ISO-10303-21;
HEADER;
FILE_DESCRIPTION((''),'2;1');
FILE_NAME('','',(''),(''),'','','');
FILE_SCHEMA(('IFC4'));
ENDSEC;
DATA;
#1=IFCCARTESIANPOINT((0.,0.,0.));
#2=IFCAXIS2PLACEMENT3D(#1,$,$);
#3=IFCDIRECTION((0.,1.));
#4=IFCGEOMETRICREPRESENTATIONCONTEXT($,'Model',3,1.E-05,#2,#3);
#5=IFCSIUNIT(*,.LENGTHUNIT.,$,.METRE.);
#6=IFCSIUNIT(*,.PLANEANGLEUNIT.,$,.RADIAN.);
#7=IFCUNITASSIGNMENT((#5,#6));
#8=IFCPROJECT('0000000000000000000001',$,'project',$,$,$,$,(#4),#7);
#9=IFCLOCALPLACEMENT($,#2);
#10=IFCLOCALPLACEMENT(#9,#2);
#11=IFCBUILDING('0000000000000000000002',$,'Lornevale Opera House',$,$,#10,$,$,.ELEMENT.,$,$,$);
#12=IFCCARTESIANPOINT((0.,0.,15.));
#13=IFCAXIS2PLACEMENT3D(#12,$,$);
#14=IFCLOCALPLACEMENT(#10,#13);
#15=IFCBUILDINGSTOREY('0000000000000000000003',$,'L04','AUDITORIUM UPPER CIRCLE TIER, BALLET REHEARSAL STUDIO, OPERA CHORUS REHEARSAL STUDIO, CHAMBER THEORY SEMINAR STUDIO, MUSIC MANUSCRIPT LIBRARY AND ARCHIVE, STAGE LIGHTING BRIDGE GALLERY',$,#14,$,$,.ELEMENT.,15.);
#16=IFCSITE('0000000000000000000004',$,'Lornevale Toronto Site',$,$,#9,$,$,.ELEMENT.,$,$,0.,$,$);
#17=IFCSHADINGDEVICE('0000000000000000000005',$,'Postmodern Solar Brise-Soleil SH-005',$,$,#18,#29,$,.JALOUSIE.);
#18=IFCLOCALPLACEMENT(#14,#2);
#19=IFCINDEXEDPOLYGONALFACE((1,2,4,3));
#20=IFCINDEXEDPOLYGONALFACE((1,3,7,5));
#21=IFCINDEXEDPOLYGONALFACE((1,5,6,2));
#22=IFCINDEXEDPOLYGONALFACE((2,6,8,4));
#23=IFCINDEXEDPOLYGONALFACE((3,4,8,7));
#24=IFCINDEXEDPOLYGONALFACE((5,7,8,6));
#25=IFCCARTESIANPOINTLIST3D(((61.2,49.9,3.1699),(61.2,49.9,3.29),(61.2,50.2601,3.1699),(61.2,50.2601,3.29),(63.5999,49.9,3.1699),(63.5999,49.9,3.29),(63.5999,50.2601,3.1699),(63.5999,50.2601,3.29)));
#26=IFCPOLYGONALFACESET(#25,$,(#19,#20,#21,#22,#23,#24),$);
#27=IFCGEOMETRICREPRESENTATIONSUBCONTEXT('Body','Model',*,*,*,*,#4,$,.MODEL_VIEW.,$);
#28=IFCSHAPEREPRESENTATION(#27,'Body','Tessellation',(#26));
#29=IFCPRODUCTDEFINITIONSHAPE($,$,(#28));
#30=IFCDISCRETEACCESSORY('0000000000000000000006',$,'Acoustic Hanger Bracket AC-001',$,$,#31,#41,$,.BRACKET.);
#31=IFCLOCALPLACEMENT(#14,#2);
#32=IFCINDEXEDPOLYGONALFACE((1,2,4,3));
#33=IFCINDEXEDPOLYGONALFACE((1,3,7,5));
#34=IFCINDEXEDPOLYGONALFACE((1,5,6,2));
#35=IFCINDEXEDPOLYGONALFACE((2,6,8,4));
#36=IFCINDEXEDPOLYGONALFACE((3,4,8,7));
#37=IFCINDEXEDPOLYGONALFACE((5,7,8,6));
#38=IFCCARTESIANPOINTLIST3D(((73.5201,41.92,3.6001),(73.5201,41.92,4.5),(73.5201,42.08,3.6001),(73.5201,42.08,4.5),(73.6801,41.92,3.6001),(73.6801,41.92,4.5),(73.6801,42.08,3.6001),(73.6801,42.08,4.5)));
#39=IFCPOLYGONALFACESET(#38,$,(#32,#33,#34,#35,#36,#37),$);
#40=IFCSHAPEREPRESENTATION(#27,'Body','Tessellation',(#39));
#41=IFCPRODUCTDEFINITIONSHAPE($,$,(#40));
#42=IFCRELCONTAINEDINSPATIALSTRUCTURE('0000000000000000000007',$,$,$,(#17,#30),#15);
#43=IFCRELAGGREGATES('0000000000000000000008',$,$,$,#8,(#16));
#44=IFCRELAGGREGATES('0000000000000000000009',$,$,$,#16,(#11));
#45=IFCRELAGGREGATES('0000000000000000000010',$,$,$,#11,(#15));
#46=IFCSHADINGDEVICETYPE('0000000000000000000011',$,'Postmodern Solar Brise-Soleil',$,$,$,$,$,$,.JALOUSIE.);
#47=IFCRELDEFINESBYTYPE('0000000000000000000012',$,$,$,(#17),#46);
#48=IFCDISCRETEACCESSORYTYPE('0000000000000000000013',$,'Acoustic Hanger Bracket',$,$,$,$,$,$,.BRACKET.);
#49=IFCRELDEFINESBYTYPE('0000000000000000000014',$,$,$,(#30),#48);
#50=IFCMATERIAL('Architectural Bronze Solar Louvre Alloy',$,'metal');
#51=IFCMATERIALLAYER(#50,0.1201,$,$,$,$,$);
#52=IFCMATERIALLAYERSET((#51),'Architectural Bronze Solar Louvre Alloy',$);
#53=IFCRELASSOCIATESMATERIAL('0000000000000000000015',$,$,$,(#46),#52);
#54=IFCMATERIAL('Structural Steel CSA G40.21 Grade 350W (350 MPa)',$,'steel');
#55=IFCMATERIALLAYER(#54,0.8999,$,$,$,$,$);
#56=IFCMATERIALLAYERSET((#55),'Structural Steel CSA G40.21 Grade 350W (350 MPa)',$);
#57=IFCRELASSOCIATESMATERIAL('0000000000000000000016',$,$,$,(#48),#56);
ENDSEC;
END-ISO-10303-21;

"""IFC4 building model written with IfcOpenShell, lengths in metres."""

from ifc_helpers import new_model, si_unit, direction, frame, origin, origin_2d, place, context, subcontext, project, spatial, rectangle, extrude, material, layer, layer_set, type_object, element, save


model = new_model("IFC4")

# Units and contexts
model_context = context("Model", 3, precision=1e-05, world=origin(), true_north=direction((0.0, 1.0)))
body_context = subcontext(model_context, "Body", "Model", "MODEL_VIEW")
ifc_project = project(units=[si_unit("LENGTHUNIT", "METRE"), si_unit("PLANEANGLEUNIT", "RADIAN")], contexts=[model_context])

# Site, building, storey
site_placement = place(None, origin())
site = spatial("IfcSite", under=ifc_project, at=site_placement, Name="Lornevale Toronto Site", CompositionType="ELEMENT", RefElevation=0.0)
building_placement = place(site_placement, origin())
building = spatial("IfcBuilding", under=site, at=building_placement, Name="Lornevale Opera House", CompositionType="ELEMENT")
storey_placement = place(building_placement, frame((0.0, 0.0, 15.0)))
storey = spatial("IfcBuildingStorey", under=building, at=storey_placement, Name="L04", Description="AUDITORIUM UPPER CIRCLE TIER, BALLET REHEARSAL STUDIO, OPERA CHORUS REHEARSAL STUDIO, CHAMBER THEORY SEMINAR STUDIO, MUSIC MANUSCRIPT LIBRARY AND ARCHIVE, STAGE LIGHTING BRIDGE GALLERY", CompositionType="ELEMENT", Elevation=15.0)

# Shared definitions
ifc_material_1 = material(Name="Structural Steel CSA G40.21 Grade 350W (350 MPa)", Category="steel")

# Shading device
ifc_material_2 = material(Name="Architectural Bronze Solar Louvre Alloy", Category="metal")
ifc_layer_1 = layer(ifc_material_2, 0.1201)
ifc_layer_set_1 = layer_set([ifc_layer_1], Name="Architectural Bronze Solar Louvre Alloy")
shading_device_type = type_object("IfcShadingDeviceType", Name="Postmodern Solar Brise-Soleil", PredefinedType="JALOUSIE", material=ifc_layer_set_1)
shading_device_placement = place(storey_placement, frame((62.3999, 50.0801, 3.1699), z_axis=(0.0, 0.0, 1.0), x_axis=(1.0, 0.0, 0.0)))
element("IfcShadingDevice", 1, at=shading_device_placement, inside=storey, type_object=shading_device_type, Name="Postmodern Solar Brise-Soleil SH-005", PredefinedType="JALOUSIE", context=body_context, shape_type="SweptSolid", body=[
    extrude(rectangle(XDim=2.3999, YDim=0.3601, at=origin_2d()), origin(), (0.0, 0.0, 1.0), 0.1201),
])

# Discrete accessory
ifc_layer_2 = layer(ifc_material_1, 0.8999)
ifc_layer_set_2 = layer_set([ifc_layer_2], Name="Structural Steel CSA G40.21 Grade 350W (350 MPa)")
discrete_accessory_type = type_object("IfcDiscreteAccessoryType", Name="Acoustic Hanger Bracket", PredefinedType="BRACKET", material=ifc_layer_set_2)
discrete_accessory_placement = place(storey_placement, frame((73.6001, 42.0, 3.6001), z_axis=(0.0, 0.0, 1.0), x_axis=(1.0, 0.0, 0.0)))
element("IfcDiscreteAccessory", 2, at=discrete_accessory_placement, inside=storey, type_object=discrete_accessory_type, Name="Acoustic Hanger Bracket AC-001", PredefinedType="BRACKET", context=body_context, shape_type="SweptSolid", body=[
    extrude(rectangle(XDim=0.1599, YDim=0.1599, at=origin_2d()), origin(), (0.0, 0.0, 1.0), 0.8999),
])

save(model, "model.ifc")
